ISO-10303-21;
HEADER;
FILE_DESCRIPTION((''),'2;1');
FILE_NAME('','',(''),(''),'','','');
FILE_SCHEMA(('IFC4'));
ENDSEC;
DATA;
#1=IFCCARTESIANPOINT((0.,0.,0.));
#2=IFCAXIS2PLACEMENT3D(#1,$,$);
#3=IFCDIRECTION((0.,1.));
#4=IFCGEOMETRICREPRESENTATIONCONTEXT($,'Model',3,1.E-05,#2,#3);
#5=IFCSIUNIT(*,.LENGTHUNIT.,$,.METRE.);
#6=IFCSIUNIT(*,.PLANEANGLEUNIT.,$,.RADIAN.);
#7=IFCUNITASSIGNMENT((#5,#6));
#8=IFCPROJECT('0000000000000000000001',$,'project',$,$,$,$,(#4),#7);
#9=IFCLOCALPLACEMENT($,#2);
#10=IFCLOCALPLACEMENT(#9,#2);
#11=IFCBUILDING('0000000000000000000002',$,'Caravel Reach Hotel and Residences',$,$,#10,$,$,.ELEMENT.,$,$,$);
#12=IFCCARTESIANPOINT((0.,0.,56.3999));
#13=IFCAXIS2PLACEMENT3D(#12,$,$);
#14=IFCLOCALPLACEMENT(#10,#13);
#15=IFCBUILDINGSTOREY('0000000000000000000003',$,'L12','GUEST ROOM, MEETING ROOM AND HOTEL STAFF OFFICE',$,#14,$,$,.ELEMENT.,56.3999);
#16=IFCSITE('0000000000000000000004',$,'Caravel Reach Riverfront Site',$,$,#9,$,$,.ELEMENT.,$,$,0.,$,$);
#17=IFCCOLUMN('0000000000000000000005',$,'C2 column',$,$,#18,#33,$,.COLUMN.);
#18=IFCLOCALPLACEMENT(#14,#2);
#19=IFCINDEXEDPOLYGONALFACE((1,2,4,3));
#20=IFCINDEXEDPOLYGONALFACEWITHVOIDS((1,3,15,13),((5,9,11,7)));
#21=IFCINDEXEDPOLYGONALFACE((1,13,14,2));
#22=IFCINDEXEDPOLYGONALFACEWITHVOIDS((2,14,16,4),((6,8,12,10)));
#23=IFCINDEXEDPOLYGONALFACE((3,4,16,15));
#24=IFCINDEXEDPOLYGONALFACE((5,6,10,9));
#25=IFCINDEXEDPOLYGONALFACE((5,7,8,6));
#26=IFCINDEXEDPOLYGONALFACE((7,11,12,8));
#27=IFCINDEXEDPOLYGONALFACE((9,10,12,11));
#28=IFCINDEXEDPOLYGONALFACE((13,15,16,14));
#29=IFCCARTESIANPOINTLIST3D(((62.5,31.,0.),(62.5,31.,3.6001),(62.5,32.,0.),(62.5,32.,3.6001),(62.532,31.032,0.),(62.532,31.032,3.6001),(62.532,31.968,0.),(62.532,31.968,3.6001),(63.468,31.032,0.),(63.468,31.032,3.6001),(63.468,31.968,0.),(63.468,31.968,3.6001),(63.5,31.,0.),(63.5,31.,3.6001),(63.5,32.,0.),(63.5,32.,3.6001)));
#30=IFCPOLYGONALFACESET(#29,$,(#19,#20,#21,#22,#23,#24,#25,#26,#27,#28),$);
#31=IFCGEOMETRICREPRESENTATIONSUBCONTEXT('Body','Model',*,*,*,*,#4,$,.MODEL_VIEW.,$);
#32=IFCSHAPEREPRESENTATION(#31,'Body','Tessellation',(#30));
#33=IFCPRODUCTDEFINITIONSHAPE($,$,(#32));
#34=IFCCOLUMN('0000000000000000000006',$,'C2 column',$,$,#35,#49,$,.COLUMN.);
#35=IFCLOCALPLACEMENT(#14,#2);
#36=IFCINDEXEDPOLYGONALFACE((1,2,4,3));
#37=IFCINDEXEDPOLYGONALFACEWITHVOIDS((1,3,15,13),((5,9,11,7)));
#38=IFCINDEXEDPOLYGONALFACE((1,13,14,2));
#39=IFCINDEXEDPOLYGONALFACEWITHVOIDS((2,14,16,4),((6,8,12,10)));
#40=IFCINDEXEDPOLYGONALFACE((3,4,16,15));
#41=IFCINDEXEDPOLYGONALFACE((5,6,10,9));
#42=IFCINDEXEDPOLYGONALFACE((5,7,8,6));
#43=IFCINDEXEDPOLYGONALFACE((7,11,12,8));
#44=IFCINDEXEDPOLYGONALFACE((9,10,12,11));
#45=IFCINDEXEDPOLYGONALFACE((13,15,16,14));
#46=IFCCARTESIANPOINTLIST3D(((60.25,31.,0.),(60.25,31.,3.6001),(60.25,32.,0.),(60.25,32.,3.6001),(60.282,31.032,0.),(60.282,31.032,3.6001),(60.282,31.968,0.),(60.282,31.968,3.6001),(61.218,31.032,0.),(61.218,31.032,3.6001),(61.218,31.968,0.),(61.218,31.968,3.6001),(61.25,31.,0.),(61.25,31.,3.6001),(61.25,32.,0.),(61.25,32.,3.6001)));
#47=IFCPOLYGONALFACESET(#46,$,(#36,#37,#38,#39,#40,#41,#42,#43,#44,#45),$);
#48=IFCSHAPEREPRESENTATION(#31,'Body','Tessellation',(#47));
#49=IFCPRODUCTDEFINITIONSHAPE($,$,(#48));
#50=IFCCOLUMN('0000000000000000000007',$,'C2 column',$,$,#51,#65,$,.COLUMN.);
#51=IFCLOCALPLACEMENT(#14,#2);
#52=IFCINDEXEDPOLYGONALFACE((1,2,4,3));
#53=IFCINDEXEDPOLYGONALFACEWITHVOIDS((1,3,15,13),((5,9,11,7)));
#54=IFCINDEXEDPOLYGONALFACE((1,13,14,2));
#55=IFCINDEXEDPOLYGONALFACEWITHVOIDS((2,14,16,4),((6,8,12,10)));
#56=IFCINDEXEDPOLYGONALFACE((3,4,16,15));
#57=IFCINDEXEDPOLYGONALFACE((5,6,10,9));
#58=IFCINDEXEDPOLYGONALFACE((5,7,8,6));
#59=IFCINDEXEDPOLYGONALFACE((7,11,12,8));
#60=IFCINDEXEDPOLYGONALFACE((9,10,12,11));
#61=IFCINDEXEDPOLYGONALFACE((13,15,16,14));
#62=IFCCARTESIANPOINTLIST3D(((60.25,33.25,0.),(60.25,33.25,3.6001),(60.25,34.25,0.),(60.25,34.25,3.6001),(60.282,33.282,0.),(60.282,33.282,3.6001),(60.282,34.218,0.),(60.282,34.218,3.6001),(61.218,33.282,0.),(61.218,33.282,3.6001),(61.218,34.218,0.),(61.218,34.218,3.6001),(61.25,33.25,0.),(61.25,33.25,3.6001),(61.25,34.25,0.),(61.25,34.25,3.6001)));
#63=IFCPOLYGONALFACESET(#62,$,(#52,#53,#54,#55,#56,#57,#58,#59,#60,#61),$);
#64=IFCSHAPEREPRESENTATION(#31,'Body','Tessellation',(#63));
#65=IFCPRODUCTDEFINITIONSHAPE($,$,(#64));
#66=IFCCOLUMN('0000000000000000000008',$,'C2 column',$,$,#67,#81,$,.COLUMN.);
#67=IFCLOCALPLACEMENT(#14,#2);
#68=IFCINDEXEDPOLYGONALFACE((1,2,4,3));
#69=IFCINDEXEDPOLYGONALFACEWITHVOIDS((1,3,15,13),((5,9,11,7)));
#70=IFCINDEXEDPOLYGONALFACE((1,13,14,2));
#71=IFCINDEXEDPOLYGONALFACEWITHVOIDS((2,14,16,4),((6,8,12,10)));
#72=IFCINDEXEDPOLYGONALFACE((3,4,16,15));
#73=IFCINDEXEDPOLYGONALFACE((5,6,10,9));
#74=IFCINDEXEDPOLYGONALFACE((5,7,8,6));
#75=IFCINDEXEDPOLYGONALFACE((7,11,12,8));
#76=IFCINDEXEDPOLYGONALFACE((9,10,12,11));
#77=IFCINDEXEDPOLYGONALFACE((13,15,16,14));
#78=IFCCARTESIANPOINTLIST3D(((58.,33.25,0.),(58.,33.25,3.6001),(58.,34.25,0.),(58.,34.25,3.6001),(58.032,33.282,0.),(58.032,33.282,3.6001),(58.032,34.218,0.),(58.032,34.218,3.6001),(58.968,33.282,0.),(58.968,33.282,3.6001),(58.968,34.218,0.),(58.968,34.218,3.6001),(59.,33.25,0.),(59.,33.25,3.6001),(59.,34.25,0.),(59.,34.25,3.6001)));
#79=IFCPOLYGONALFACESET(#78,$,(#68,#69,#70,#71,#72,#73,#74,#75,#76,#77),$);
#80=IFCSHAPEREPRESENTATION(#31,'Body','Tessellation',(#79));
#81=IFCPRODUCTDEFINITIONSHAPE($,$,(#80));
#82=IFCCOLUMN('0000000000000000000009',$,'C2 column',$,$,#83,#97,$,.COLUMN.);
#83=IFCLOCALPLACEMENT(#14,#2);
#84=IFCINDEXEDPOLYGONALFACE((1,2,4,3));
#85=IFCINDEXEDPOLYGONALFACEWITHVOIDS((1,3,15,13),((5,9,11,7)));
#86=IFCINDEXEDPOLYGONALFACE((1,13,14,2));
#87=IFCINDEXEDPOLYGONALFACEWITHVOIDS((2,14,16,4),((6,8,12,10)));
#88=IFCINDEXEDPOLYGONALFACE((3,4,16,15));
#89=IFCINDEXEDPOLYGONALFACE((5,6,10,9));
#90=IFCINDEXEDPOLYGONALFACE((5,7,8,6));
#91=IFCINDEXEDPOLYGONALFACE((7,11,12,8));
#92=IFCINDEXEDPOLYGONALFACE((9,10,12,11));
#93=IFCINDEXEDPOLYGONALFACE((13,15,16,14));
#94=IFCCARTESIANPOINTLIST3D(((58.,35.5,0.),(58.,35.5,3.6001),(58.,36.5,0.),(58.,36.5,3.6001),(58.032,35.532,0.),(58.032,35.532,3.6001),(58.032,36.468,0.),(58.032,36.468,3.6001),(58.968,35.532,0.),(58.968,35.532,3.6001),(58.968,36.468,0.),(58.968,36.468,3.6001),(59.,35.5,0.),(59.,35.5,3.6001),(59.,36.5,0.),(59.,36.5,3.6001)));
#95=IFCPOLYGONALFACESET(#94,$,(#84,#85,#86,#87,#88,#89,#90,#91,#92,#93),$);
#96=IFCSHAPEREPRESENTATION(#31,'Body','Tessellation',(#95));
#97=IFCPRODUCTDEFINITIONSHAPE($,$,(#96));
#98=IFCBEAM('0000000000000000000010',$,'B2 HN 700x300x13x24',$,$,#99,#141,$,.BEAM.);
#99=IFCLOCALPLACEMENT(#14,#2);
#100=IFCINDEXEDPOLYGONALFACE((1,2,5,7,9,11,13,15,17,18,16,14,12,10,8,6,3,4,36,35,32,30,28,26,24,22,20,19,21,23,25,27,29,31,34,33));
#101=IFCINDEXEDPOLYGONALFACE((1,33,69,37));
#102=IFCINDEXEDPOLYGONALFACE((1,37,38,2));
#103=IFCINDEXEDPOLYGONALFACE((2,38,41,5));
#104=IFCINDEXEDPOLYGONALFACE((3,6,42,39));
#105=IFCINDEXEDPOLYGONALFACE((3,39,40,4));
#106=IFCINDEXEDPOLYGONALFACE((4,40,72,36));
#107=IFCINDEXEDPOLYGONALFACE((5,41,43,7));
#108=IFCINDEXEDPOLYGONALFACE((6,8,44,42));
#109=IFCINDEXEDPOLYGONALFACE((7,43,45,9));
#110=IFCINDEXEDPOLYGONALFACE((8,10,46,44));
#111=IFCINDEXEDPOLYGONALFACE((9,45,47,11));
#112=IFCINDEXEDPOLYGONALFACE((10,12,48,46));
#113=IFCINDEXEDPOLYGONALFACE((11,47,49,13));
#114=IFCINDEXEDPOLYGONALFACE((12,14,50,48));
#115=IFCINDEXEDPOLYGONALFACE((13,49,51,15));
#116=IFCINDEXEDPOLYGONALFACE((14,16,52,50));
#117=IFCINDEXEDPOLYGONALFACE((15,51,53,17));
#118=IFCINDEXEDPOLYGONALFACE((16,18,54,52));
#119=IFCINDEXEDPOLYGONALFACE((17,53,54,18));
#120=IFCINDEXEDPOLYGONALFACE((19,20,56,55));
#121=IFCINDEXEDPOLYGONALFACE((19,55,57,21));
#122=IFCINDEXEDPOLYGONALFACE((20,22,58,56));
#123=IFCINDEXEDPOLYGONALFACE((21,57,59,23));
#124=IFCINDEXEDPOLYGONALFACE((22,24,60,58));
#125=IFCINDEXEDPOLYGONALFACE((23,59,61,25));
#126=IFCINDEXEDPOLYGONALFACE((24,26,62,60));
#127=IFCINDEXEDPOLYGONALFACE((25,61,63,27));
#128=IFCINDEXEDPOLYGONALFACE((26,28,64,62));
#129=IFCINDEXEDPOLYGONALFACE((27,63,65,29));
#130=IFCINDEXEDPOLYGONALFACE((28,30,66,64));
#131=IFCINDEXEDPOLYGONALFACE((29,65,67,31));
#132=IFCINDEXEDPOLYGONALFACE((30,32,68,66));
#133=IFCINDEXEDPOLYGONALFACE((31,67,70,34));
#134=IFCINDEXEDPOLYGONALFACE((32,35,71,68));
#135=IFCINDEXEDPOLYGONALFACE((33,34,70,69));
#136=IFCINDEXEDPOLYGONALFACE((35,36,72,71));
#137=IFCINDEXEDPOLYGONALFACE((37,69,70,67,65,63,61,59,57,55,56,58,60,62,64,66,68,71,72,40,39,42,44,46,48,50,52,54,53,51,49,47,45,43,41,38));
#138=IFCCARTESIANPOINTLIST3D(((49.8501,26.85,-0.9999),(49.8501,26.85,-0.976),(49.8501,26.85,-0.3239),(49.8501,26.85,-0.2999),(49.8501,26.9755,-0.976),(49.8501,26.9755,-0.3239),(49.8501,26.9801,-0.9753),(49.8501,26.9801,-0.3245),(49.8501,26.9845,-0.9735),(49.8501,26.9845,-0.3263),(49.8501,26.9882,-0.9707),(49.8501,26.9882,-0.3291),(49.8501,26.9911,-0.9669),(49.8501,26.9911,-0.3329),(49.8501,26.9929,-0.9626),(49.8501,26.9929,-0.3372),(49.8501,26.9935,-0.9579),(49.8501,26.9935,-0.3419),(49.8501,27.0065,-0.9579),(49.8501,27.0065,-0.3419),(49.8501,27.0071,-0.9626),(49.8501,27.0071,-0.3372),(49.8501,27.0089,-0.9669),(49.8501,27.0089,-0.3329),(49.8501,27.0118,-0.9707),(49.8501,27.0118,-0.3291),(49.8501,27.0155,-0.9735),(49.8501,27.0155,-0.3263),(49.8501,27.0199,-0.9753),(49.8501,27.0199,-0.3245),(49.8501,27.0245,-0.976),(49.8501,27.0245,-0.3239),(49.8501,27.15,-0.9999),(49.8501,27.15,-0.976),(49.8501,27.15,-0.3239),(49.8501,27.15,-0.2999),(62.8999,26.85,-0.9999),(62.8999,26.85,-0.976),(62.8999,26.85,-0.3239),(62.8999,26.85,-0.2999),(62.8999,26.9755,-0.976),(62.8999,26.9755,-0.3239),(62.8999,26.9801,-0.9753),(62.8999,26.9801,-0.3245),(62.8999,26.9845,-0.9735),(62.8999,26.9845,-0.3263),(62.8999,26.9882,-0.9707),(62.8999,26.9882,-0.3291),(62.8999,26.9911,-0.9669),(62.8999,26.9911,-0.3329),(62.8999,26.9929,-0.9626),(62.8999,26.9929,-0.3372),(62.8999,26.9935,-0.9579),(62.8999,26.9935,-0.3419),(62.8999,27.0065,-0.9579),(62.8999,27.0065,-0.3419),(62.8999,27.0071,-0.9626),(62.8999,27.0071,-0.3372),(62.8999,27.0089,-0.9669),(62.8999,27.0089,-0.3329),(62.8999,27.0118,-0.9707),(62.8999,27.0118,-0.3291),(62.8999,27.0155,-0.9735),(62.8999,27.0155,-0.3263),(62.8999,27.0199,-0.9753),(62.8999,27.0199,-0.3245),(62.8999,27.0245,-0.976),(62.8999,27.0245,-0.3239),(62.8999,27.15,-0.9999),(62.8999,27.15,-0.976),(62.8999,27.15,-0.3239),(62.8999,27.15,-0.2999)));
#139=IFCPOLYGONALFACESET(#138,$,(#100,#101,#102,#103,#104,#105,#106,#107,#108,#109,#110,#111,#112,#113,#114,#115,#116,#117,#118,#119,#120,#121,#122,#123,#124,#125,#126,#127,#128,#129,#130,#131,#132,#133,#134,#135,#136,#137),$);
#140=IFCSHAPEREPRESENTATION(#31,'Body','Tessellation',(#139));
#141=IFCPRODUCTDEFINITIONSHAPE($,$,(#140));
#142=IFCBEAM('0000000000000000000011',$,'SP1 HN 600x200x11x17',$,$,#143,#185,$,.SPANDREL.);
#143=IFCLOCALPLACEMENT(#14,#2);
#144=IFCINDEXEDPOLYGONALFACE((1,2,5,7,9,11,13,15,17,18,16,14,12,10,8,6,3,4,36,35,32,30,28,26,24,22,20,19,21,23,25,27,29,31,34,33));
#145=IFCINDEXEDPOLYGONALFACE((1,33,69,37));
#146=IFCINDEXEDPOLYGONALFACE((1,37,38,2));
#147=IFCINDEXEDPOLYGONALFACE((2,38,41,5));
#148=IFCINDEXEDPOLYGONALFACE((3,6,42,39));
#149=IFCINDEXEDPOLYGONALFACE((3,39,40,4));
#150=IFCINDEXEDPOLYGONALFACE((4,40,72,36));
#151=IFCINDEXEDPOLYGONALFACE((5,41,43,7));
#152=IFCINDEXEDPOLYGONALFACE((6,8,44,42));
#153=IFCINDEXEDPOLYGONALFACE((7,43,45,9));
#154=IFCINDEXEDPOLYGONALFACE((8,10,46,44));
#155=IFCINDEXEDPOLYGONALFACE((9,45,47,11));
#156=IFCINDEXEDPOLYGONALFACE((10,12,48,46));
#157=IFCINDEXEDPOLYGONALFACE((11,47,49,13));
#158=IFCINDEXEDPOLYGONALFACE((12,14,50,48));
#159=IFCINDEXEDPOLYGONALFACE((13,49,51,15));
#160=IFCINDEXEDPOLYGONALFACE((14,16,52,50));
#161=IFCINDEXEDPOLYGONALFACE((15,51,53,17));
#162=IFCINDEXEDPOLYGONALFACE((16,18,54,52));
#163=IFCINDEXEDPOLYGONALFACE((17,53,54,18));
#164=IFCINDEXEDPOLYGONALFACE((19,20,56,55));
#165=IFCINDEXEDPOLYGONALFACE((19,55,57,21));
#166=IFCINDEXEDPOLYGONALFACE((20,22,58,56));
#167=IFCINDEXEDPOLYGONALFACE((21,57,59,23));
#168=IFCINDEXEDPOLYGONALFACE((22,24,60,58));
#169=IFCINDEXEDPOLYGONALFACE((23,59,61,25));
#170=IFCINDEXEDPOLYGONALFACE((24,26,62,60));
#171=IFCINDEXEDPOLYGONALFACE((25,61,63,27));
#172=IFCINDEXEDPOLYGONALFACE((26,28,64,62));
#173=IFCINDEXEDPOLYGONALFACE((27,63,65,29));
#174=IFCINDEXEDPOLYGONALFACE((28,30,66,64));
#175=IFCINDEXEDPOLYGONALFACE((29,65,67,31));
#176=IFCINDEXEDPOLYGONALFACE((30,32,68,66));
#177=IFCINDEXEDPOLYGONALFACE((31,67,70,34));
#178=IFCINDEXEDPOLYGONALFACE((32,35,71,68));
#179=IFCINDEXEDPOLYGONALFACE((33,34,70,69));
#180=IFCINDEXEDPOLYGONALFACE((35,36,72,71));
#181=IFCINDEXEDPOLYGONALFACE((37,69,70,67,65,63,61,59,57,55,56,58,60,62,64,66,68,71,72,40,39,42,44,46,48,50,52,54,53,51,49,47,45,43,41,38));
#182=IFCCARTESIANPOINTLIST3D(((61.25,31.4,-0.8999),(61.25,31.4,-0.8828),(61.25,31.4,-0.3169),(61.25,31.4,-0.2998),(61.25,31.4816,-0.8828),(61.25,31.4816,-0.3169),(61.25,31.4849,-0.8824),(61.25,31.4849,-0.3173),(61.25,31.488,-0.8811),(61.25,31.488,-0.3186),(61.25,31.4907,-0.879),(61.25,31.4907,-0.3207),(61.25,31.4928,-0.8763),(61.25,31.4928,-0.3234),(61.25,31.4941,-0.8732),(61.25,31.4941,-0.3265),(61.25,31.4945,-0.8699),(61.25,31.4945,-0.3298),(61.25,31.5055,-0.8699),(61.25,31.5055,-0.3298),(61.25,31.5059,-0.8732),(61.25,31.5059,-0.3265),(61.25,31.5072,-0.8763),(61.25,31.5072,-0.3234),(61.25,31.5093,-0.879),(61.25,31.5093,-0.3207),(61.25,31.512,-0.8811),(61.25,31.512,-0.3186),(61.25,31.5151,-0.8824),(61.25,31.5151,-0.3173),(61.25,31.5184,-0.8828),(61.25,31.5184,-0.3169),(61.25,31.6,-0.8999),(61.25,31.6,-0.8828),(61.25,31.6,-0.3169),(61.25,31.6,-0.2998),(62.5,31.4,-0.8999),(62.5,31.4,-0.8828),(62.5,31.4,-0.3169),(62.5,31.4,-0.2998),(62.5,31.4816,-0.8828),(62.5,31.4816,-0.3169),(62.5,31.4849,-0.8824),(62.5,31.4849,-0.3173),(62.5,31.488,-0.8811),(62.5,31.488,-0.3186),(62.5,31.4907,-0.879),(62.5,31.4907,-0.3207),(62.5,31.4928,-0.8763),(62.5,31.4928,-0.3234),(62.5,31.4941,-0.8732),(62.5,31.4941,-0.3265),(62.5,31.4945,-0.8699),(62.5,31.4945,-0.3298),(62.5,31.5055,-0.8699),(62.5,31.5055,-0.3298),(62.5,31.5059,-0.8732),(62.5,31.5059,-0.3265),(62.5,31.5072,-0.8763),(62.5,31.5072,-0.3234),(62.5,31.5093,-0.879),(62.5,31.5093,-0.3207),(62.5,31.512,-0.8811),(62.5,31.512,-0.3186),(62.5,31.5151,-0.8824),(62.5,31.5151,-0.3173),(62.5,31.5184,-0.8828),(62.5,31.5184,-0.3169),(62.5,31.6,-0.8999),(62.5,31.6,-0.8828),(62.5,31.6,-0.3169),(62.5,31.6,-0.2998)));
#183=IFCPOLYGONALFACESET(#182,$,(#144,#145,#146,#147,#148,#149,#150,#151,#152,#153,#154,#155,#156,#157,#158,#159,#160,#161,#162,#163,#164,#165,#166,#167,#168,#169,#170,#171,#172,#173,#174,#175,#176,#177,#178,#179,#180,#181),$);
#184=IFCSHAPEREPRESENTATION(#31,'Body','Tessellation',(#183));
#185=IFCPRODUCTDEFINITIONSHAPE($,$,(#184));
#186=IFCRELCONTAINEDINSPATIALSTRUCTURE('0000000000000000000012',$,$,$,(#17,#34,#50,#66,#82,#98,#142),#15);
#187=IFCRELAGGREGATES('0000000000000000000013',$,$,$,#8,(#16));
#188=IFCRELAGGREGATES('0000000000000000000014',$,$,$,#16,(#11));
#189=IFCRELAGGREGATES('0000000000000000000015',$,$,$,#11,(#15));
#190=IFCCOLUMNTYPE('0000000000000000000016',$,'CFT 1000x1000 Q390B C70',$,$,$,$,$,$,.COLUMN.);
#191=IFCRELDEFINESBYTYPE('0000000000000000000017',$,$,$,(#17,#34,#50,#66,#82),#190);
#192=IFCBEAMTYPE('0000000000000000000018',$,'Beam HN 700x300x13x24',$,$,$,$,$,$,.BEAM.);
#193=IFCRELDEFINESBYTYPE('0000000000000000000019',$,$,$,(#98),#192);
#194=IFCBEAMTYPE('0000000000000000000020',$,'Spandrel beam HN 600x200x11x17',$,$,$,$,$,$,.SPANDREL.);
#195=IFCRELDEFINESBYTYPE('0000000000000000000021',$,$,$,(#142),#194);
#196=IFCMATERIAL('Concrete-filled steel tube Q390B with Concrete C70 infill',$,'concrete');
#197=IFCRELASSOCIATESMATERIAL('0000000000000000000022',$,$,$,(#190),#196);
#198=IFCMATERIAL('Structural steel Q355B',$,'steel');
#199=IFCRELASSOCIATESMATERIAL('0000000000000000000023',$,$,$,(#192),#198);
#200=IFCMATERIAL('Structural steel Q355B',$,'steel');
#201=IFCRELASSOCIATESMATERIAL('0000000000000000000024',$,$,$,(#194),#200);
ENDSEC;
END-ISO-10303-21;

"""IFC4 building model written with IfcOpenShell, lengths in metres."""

from ifc_helpers import new_model, si_unit, direction, frame, origin, origin_2d, place, context, subcontext, project, spatial, hollow_rectangle, i_section, extrude, material, material_profile, profile_set, type_object, element, save


model = new_model("IFC4")

# Units and contexts
model_context = context("Model", 3, precision=1e-05, world=origin(), true_north=direction((0.0, 1.0)))
body_context = subcontext(model_context, "Body", "Model", "MODEL_VIEW")
ifc_project = project(units=[si_unit("LENGTHUNIT", "METRE"), si_unit("PLANEANGLEUNIT", "RADIAN")], contexts=[model_context])

# Site, building, storey
site_placement = place(None, origin())
site = spatial("IfcSite", under=ifc_project, at=site_placement, Name="Caravel Reach Riverfront Site", CompositionType="ELEMENT", RefElevation=0.0)
building_placement = place(site_placement, origin())
building = spatial("IfcBuilding", under=site, at=building_placement, Name="Caravel Reach Hotel and Residences", CompositionType="ELEMENT")
storey_placement = place(building_placement, frame((0.0, 0.0, 56.3999)))
storey = spatial("IfcBuildingStorey", under=building, at=storey_placement, Name="L12", Description="GUEST ROOM, MEETING ROOM AND HOTEL STAFF OFFICE", CompositionType="ELEMENT", Elevation=56.3999)

# Columns
ifc_material_1 = material(Name="Concrete-filled steel tube Q390B with Concrete C70 infill", Category="concrete")
ifc_material_profile_1 = material_profile(ifc_material_1, hollow_rectangle(XDim=1.0, YDim=1.0, WallThickness=0.032, at=origin_2d()), Name="RHS 1000x1000x32")
ifc_profile_set_1 = profile_set([ifc_material_profile_1], Name="Concrete-filled steel tube Q390B with Concrete C70 infill")
column_type = type_object("IfcColumnType", Name="CFT 1000x1000 Q390B C70", PredefinedType="COLUMN", material=ifc_profile_set_1)
for number, where, z_axis, x_axis, name in (
    (1, (63.0, 31.5, 0.0), (0.0, 0.0, 1.0), (1.0, 0.0, 0.0), "C2 column"),
    (2, (60.75, 31.5, 0.0), (0.0, 0.0, 1.0), (1.0, 0.0, 0.0), "C2 column"),
    (3, (60.75, 33.75, 0.0), (0.0, 0.0, 1.0), (1.0, 0.0, 0.0), "C2 column"),
    (4, (58.5, 33.75, 0.0), (0.0, 0.0, 1.0), (1.0, 0.0, 0.0), "C2 column"),
    (5, (58.5, 36.0, 0.0), (0.0, 0.0, 1.0), (1.0, 0.0, 0.0), "C2 column"),
):
    element("IfcColumn", number, at=place(storey_placement, frame(where, z_axis=z_axis, x_axis=x_axis)), inside=storey, type_object=column_type, Name=name, PredefinedType="COLUMN", context=body_context, shape_type="SweptSolid", body=[
        extrude(hollow_rectangle(XDim=1.0, YDim=1.0, WallThickness=0.032, at=origin_2d()), origin(), (0.0, 0.0, 1.0), 3.6001),
    ])

# Beams
ifc_material_2 = material(Name="Structural steel Q355B", Category="steel")
ifc_material_profile_2 = material_profile(ifc_material_2, i_section(OverallWidth=0.3, OverallDepth=0.7, WebThickness=0.0129, FlangeThickness=0.0239, FilletRadius=0.0181, at=origin_2d()), Name="HN 700x300x13x24")
ifc_profile_set_2 = profile_set([ifc_material_profile_2], Name="Structural steel Q355B")
beam_type_1 = type_object("IfcBeamType", Name="Beam HN 700x300x13x24", PredefinedType="BEAM", material=ifc_profile_set_2)
beam_1_placement = place(storey_placement, frame((49.8501, 27.0, -0.6499), z_axis=(1.0, 0.0, 0.0), x_axis=(0.0, 1.0, 0.0)))
element("IfcBeam", 6, at=beam_1_placement, inside=storey, type_object=beam_type_1, Name="B2 HN 700x300x13x24", PredefinedType="BEAM", context=body_context, shape_type="SweptSolid", body=[
    extrude(i_section(OverallWidth=0.3, OverallDepth=0.7, WebThickness=0.0129, FlangeThickness=0.0239, FilletRadius=0.0181, at=origin_2d()), origin(), (0.0, 0.0, 1.0), 13.0498),
])
ifc_material_3 = material(Name="Structural steel Q355B", Category="steel")
ifc_material_profile_3 = material_profile(ifc_material_3, i_section(OverallWidth=0.2, OverallDepth=0.6001, WebThickness=0.011, FlangeThickness=0.0171, FilletRadius=0.0129, at=origin_2d()), Name="HN 600x200x11x17")
ifc_profile_set_3 = profile_set([ifc_material_profile_3], Name="Structural steel Q355B")
beam_type_2 = type_object("IfcBeamType", Name="Spandrel beam HN 600x200x11x17", PredefinedType="SPANDREL", material=ifc_profile_set_3)
for number, where, z_axis, x_axis, name in (
    (7, (62.5, 31.5, -0.5999), (-1.0, 0.0, 0.0), (0.0, -1.0, 0.0), "SP1 HN 600x200x11x17"),
):
    element("IfcBeam", number, at=place(storey_placement, frame(where, z_axis=z_axis, x_axis=x_axis)), inside=storey, type_object=beam_type_2, Name=name, PredefinedType="SPANDREL", context=body_context, shape_type="SweptSolid", body=[
        extrude(i_section(OverallWidth=0.2, OverallDepth=0.6001, WebThickness=0.011, FlangeThickness=0.0171, FilletRadius=0.0129, at=origin_2d()), origin(), (0.0, 0.0, 1.0), 1.25),
    ])

save(model, "model.ifc")
